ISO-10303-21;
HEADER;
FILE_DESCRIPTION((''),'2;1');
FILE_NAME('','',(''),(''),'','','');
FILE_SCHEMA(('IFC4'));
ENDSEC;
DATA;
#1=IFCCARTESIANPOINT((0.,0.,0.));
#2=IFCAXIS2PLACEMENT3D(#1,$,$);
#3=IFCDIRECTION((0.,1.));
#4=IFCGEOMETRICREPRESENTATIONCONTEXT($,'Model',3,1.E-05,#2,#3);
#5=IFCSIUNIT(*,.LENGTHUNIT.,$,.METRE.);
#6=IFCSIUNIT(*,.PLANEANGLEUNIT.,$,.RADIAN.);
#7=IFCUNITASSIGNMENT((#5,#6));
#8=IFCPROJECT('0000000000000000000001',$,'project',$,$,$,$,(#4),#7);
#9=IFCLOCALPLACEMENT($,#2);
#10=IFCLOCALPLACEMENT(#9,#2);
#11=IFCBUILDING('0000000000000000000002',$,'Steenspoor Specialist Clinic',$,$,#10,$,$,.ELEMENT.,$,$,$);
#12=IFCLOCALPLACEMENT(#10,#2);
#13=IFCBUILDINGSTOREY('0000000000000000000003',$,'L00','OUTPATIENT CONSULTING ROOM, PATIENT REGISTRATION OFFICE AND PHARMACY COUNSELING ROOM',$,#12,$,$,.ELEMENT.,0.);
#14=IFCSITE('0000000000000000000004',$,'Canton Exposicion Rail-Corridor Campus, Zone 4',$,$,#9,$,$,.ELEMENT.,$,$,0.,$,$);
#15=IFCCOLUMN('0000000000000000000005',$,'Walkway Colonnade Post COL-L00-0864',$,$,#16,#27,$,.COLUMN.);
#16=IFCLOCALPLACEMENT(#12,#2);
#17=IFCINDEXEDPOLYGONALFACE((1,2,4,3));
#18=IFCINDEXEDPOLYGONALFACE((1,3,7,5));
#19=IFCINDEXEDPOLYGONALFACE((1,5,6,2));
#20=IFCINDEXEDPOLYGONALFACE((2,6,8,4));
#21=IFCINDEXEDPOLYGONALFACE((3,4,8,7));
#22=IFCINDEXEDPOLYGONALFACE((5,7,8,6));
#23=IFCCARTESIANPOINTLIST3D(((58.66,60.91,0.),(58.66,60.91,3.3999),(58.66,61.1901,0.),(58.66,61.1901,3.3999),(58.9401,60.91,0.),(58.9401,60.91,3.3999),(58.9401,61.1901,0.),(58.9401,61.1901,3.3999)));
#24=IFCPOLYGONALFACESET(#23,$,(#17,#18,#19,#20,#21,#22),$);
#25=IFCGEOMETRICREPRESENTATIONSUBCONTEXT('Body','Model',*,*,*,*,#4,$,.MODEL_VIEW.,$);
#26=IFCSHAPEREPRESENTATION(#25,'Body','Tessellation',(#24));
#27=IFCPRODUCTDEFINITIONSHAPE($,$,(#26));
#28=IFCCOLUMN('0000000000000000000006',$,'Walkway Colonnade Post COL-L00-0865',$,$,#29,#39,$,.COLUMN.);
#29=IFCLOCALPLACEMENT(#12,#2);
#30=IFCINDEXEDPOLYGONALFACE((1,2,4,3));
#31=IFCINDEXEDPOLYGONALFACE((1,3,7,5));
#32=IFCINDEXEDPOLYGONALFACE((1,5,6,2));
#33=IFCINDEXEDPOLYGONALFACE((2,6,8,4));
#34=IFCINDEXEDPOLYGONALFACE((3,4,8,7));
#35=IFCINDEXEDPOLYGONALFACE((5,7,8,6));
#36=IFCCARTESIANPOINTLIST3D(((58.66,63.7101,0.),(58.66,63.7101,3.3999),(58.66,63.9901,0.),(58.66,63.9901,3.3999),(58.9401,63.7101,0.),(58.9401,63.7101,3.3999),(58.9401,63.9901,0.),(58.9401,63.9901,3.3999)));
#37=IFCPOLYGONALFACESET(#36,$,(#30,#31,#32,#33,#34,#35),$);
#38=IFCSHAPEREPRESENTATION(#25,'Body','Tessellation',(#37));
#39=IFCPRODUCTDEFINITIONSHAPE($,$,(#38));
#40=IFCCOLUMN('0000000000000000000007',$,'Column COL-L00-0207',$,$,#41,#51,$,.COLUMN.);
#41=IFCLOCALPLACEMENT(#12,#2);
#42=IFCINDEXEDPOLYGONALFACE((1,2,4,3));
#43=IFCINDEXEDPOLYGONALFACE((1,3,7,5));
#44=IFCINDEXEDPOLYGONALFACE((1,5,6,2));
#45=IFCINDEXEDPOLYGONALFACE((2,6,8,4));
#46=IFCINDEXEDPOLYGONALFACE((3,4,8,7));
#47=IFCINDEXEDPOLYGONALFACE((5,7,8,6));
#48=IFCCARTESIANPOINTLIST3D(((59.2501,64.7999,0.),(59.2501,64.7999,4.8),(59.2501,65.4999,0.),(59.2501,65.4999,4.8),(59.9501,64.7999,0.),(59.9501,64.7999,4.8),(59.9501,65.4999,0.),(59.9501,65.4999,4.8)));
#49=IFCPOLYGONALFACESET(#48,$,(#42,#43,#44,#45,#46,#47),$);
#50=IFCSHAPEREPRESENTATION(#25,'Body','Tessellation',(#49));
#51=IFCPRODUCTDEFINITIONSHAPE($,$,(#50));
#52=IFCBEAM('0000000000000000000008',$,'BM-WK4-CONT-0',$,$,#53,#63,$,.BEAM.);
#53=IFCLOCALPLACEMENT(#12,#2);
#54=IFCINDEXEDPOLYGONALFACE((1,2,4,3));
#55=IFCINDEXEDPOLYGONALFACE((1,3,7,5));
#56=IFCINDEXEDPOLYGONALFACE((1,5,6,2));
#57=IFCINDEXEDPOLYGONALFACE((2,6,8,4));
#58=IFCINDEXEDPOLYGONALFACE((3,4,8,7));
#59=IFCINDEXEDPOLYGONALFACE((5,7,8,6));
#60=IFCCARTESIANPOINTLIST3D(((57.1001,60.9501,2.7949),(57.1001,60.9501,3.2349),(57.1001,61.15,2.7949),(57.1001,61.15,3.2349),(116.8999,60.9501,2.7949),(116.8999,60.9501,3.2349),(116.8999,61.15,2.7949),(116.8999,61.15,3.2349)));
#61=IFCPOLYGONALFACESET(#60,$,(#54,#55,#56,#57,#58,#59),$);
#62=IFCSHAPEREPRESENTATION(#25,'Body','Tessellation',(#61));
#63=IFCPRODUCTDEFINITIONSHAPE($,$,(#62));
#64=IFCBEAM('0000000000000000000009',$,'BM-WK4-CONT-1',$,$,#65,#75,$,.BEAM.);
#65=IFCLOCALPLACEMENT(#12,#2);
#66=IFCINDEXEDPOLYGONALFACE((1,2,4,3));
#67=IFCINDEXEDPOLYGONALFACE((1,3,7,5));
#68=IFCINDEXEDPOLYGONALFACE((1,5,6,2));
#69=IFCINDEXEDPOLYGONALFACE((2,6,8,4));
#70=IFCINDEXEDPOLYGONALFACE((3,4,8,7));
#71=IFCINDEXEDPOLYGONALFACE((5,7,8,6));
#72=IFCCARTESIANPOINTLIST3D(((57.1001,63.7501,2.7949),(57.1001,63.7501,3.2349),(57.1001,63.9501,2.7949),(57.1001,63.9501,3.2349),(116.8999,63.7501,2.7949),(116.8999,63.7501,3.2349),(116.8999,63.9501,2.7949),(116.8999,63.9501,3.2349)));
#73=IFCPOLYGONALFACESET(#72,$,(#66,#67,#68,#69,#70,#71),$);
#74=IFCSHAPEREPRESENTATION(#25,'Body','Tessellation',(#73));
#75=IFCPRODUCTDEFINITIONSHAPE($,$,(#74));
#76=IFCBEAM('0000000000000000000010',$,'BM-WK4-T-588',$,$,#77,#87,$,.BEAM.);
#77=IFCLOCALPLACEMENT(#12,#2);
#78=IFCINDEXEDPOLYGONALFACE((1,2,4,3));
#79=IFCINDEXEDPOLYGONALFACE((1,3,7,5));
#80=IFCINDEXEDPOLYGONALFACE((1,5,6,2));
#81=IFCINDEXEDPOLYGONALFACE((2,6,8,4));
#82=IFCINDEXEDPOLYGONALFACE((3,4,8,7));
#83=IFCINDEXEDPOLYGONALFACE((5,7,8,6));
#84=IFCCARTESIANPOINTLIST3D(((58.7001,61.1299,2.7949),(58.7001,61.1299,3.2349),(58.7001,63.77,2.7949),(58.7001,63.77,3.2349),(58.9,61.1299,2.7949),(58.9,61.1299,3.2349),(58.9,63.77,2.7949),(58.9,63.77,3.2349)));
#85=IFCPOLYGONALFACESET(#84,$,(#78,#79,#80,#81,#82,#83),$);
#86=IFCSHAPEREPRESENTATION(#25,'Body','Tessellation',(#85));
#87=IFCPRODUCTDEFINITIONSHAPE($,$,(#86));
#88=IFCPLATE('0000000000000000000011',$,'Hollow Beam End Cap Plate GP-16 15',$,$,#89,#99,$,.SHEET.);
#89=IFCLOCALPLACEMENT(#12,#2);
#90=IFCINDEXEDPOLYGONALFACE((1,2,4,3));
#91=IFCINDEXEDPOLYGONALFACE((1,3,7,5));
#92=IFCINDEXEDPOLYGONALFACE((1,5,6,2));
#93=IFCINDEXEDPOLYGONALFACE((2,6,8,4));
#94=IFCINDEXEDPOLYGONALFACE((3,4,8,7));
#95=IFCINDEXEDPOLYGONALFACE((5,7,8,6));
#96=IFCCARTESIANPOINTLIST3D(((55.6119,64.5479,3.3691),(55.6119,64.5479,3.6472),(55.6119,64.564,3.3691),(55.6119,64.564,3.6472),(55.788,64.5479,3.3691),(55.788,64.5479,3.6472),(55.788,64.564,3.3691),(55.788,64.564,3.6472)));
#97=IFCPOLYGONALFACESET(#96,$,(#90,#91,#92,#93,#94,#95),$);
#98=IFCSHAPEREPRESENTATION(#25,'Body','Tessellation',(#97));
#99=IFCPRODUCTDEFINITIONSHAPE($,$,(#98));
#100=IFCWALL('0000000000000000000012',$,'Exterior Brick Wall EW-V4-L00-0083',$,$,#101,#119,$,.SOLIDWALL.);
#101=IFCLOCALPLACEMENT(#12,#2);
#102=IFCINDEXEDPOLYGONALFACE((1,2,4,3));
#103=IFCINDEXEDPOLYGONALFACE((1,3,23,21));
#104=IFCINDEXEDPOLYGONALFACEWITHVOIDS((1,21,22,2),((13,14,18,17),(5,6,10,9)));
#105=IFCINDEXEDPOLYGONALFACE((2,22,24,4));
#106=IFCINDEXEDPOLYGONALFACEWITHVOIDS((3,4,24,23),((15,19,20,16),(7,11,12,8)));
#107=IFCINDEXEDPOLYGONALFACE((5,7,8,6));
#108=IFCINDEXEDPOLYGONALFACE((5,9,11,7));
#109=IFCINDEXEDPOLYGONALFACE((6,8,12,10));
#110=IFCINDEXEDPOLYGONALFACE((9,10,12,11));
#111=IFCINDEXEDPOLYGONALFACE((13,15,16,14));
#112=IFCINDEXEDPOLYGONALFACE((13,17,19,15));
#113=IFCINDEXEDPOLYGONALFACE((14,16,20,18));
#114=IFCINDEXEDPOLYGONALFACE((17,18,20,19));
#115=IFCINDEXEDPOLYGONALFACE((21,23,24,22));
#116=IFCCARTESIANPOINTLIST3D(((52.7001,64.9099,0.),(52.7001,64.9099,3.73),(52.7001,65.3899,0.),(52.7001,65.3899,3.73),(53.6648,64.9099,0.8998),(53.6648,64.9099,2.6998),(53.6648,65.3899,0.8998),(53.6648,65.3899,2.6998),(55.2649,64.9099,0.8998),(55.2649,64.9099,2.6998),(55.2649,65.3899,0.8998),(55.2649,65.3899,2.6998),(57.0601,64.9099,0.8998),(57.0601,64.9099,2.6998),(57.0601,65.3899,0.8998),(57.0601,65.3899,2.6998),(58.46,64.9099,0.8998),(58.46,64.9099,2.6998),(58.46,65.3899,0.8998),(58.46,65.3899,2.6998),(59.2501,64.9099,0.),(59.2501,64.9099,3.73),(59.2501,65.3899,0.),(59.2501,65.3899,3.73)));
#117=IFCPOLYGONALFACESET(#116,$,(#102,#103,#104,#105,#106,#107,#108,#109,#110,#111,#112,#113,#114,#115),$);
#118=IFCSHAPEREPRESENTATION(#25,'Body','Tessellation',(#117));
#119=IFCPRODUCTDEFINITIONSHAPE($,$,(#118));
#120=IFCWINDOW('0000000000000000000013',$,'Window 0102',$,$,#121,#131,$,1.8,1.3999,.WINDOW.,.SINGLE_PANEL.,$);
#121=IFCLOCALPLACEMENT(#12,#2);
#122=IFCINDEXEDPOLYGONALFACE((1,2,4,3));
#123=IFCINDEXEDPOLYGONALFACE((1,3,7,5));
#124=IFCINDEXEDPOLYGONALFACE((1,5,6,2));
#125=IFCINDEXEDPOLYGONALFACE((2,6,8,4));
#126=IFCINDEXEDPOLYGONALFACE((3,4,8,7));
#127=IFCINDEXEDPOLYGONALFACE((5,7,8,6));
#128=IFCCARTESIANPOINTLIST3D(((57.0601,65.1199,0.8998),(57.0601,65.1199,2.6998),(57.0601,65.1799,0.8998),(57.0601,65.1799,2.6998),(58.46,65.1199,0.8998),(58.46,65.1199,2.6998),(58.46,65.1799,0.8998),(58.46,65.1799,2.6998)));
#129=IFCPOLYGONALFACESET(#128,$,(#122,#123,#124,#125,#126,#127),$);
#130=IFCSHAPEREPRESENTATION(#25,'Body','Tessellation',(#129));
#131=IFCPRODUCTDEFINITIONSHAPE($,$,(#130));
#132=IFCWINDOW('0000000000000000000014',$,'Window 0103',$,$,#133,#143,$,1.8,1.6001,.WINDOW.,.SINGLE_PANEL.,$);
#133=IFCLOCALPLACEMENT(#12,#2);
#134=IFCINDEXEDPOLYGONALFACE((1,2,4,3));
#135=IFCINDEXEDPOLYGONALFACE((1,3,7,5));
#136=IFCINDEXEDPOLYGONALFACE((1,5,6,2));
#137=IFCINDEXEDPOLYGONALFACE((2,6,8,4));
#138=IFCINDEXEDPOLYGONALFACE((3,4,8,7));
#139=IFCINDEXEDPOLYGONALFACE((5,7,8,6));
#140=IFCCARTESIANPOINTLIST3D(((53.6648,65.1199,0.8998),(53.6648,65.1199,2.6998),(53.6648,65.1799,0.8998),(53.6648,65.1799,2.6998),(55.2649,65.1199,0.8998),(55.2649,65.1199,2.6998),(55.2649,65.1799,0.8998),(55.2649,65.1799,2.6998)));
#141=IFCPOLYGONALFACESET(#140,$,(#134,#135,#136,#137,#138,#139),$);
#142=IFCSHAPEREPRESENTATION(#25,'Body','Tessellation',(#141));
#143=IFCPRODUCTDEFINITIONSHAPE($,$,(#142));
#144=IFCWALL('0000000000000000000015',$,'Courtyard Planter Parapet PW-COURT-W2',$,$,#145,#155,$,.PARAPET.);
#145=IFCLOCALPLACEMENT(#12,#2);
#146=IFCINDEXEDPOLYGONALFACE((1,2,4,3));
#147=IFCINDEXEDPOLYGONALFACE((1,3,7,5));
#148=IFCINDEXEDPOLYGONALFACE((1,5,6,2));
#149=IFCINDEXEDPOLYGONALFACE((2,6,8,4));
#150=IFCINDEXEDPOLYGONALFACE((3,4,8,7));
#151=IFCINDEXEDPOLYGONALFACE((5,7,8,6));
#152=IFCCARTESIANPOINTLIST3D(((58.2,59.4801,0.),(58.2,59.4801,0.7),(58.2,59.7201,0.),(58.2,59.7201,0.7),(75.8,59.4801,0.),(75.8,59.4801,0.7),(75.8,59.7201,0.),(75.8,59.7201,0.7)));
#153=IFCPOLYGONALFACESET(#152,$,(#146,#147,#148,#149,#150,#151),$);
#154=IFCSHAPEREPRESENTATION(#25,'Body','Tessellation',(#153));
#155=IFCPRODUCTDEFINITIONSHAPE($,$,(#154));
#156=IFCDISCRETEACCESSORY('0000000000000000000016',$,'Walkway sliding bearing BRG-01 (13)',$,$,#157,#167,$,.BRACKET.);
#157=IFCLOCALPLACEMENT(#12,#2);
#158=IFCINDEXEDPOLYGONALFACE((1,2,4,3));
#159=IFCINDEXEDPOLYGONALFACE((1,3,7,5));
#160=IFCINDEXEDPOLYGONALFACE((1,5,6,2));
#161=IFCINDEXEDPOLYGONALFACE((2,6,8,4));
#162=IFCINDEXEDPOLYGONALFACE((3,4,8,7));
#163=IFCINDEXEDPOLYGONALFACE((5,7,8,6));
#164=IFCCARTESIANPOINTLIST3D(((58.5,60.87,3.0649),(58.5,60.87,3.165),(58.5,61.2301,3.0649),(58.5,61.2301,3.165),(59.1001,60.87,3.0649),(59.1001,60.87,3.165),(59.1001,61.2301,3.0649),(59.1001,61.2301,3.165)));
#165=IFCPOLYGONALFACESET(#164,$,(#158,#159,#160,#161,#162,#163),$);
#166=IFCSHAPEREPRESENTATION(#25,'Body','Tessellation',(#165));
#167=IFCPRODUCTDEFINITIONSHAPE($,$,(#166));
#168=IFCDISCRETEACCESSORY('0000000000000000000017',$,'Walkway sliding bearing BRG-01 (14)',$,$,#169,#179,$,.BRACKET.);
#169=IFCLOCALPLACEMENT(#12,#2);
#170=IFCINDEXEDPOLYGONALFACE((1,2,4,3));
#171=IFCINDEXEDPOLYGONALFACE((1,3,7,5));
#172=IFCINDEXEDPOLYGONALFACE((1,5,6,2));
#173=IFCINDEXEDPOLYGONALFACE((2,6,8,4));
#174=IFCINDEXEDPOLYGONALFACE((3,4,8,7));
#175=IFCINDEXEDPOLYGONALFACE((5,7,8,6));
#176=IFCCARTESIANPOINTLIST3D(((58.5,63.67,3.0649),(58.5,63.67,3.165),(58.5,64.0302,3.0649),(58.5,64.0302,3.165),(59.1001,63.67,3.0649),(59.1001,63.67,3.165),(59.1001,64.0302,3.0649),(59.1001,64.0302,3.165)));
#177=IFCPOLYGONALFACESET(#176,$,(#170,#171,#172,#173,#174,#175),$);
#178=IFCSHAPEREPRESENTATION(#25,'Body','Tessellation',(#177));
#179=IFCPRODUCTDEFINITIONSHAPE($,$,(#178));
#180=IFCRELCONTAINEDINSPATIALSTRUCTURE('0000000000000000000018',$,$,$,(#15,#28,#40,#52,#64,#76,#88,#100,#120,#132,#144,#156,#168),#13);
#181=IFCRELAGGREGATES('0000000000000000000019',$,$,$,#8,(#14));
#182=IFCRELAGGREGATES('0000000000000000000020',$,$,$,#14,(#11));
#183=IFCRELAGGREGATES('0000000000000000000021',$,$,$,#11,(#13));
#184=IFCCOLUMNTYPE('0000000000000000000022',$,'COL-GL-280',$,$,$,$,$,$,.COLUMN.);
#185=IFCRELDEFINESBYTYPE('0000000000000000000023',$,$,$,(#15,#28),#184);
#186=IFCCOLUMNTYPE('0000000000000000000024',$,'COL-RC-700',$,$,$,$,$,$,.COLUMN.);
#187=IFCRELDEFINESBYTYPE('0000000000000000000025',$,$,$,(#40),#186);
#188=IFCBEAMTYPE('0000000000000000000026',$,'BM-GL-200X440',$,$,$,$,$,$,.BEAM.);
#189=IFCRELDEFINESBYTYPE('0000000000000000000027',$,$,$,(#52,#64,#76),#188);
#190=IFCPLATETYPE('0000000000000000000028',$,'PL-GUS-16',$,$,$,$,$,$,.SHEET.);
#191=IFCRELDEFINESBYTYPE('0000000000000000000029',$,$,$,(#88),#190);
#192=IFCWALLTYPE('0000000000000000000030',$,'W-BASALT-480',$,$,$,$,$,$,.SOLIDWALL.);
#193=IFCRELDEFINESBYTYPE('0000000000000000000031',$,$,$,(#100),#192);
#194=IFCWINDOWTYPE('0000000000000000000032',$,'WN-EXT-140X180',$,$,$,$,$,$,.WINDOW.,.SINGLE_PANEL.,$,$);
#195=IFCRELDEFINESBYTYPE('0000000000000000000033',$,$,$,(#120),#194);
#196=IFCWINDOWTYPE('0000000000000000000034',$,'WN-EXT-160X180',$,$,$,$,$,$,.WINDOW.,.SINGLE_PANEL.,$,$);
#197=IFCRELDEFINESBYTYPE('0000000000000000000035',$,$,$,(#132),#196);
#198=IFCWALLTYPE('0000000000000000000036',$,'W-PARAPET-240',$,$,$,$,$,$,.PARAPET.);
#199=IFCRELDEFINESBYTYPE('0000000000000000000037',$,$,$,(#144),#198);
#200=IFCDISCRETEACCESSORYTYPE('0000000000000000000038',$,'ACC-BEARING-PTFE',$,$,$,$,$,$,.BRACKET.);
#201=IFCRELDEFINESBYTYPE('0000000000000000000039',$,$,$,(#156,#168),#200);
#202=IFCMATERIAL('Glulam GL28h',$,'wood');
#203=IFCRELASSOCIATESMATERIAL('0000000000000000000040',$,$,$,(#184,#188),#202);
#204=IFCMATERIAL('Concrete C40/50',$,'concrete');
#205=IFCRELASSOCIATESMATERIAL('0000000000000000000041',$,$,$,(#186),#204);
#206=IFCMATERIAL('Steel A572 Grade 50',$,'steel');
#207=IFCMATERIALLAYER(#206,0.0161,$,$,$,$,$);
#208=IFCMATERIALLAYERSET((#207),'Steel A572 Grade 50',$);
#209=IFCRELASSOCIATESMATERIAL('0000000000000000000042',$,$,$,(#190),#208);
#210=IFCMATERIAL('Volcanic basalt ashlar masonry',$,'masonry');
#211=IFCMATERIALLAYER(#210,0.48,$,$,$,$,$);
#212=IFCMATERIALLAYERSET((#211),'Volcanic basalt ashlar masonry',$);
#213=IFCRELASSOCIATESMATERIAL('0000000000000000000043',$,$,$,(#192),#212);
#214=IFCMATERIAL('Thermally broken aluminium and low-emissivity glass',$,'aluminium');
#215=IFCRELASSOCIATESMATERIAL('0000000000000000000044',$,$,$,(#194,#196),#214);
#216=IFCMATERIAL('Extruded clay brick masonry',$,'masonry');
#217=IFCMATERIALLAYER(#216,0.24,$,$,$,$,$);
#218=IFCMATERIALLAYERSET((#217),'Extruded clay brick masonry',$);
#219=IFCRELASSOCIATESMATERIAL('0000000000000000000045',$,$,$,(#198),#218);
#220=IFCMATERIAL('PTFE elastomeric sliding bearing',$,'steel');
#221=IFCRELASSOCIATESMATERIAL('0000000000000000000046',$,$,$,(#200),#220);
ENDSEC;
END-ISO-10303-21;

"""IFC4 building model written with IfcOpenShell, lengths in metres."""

from ifc_helpers import new_model, si_unit, direction, frame, frame_2d, origin, origin_2d, place, context, subcontext, project, spatial, rectangle, extrude, material, layer, layer_set, material_profile, profile_set, type_object, element, fill, save


model = new_model("IFC4")

# Units and contexts
model_context = context("Model", 3, precision=1e-05, world=origin(), true_north=direction((0.0, 1.0)))
body_context = subcontext(model_context, "Body", "Model", "MODEL_VIEW")
ifc_project = project(units=[si_unit("LENGTHUNIT", "METRE"), si_unit("PLANEANGLEUNIT", "RADIAN")], contexts=[model_context])

# Site, building, storey
site_placement = place(None, origin())
site = spatial("IfcSite", under=ifc_project, at=site_placement, Name="Canton Exposicion Rail-Corridor Campus, Zone 4", CompositionType="ELEMENT", RefElevation=0.0)
building_placement = place(site_placement, origin())
building = spatial("IfcBuilding", under=site, at=building_placement, Name="Steenspoor Specialist Clinic", CompositionType="ELEMENT")
storey_placement = place(building_placement, origin())
storey = spatial("IfcBuildingStorey", under=building, at=storey_placement, Name="L00", Description="OUTPATIENT CONSULTING ROOM, PATIENT REGISTRATION OFFICE AND PHARMACY COUNSELING ROOM", CompositionType="ELEMENT", Elevation=0.0)

# Columns
ifc_material_1 = material(Name="Glulam GL28h", Category="wood")
ifc_material_profile_1 = material_profile(ifc_material_1, rectangle(XDim=0.28, YDim=0.28, at=origin_2d()), Name="GL28H-280X280")
ifc_profile_set_1 = profile_set([ifc_material_profile_1], Name="Glulam GL28h")
column_type_1 = type_object("IfcColumnType", Name="COL-GL-280", PredefinedType="COLUMN", material=ifc_profile_set_1)
for number, where, z_axis, x_axis, name in (
    (1, (58.8, 61.05, 0.0), (0.0, 0.0, 1.0), (1.0, 0.0, 0.0), "Walkway Colonnade Post COL-L00-0864"),
    (2, (58.8, 63.8501, 0.0), (0.0, 0.0, 1.0), (1.0, 0.0, 0.0), "Walkway Colonnade Post COL-L00-0865"),
):
    element("IfcColumn", number, at=place(storey_placement, frame(where, z_axis=z_axis, x_axis=x_axis)), inside=storey, type_object=column_type_1, Name=name, PredefinedType="COLUMN", context=body_context, shape_type="SweptSolid", body=[
        extrude(rectangle(XDim=0.28, YDim=0.28, at=origin_2d()), origin(), (0.0, 0.0, 1.0), 3.3999),
    ])
ifc_material_2 = material(Name="Concrete C40/50", Category="concrete")
ifc_material_profile_2 = material_profile(ifc_material_2, rectangle(XDim=0.7, YDim=0.7, at=origin_2d()), Name="RC-COL-700X700")
ifc_profile_set_2 = profile_set([ifc_material_profile_2], Name="Concrete C40/50")
column_type_2 = type_object("IfcColumnType", Name="COL-RC-700", PredefinedType="COLUMN", material=ifc_profile_set_2)
column_1_placement = place(storey_placement, frame((59.6001, 65.1499, 0.0), z_axis=(0.0, 0.0, 1.0), x_axis=(1.0, 0.0, 0.0)))
element("IfcColumn", 3, at=column_1_placement, inside=storey, type_object=column_type_2, Name="Column COL-L00-0207", PredefinedType="COLUMN", context=body_context, shape_type="SweptSolid", body=[
    extrude(rectangle(XDim=0.7, YDim=0.7, at=origin_2d()), origin(), (0.0, 0.0, 1.0), 4.8),
])

# Beams
ifc_material_profile_3 = material_profile(ifc_material_1, rectangle(XDim=0.2, YDim=0.4399, at=origin_2d()), Name="GL28H-200X440")
ifc_profile_set_3 = profile_set([ifc_material_profile_3], Name="Glulam GL28h")
beam_type = type_object("IfcBeamType", Name="BM-GL-200X440", PredefinedType="BEAM", material=ifc_profile_set_3)
for number, where, z_axis, x_axis, name in (
    (4, (57.1001, 61.05, 3.0149), (1.0, 0.0, 0.0), (0.0, 1.0, 0.0), "BM-WK4-CONT-0"),
    (5, (57.1001, 63.8501, 3.0149), (1.0, 0.0, 0.0), (0.0, 1.0, 0.0), "BM-WK4-CONT-1"),
):
    element("IfcBeam", number, at=place(storey_placement, frame(where, z_axis=z_axis, x_axis=x_axis)), inside=storey, type_object=beam_type, Name=name, PredefinedType="BEAM", context=body_context, shape_type="SweptSolid", body=[
        extrude(rectangle(XDim=0.2, YDim=0.4399, at=origin_2d()), origin(), (0.0, 0.0, 1.0), 59.7998),
    ])
beam_placement = place(storey_placement, frame((58.8, 61.1299, 3.0149), z_axis=(0.0, 1.0, 0.0), x_axis=(-1.0, 0.0, 0.0)))
element("IfcBeam", 6, at=beam_placement, inside=storey, type_object=beam_type, Name="BM-WK4-T-588", PredefinedType="BEAM", context=body_context, shape_type="SweptSolid", body=[
    extrude(rectangle(XDim=0.2, YDim=0.4399, at=origin_2d()), origin(), (0.0, 0.0, 1.0), 2.6401),
])

# Plate
ifc_material_3 = material(Name="Steel A572 Grade 50", Category="steel")
ifc_layer_1 = layer(ifc_material_3, 0.0161)
ifc_layer_set_1 = layer_set([ifc_layer_1], Name="Steel A572 Grade 50")
plate_type = type_object("IfcPlateType", Name="PL-GUS-16", PredefinedType="SHEET", material=ifc_layer_set_1)
plate_placement = place(storey_placement, frame((55.7, 64.5559, 3.3691), z_axis=(0.0, 0.0, 1.0), x_axis=(1.0, 0.0, 0.0)))
element("IfcPlate", 7, at=plate_placement, inside=storey, type_object=plate_type, Name="Hollow Beam End Cap Plate GP-16 15", PredefinedType="SHEET", context=body_context, shape_type="SweptSolid", body=[
    extrude(rectangle(XDim=0.176, YDim=0.0161, at=origin_2d()), origin(), (0.0, 0.0, 1.0), 0.2781),
])

# Wall, openings, windows
ifc_material_4 = material(Name="Volcanic basalt ashlar masonry", Category="masonry")
ifc_layer_2 = layer(ifc_material_4, 0.48)
ifc_layer_set_2 = layer_set([ifc_layer_2], Name="Volcanic basalt ashlar masonry")
wall_type_1 = type_object("IfcWallType", Name="W-BASALT-480", PredefinedType="SOLIDWALL", material=ifc_layer_set_2)
wall_1_placement = place(storey_placement, frame((59.25, 65.1499, 0.0), z_axis=(0.0, 0.0, 1.0), x_axis=(-1.0, 0.0, 0.0)))
wall_1 = element("IfcWall", 8, at=wall_1_placement, inside=storey, type_object=wall_type_1, Name="Exterior Brick Wall EW-V4-L00-0083", PredefinedType="SOLIDWALL", context=body_context, shape_type="SweptSolid", body=[
    extrude(rectangle(XDim=6.55, YDim=0.48, at=frame_2d((3.2749, 0.0))), origin(), (0.0, 0.0, 1.0), 3.73),
])
opening_1_placement = place(wall_1_placement, frame((0.79, 0.0, 0.8999)))
opening_1 = element("IfcOpeningElement", 9, at=opening_1_placement, cuts=wall_1, PredefinedType="OPENING", context=body_context, shape_type="SweptSolid", body=[
    extrude(rectangle(XDim=1.3999, YDim=1.8, at=frame_2d((0.7, 0.8999))), frame((0.0, 0.25, 0.0), z_axis=(0.0, -1.0, 0.0), x_axis=(1.0, 0.0, 0.0)), (0.0, 0.0, 1.0), 0.5),
])
opening_2_placement = place(wall_1_placement, frame((3.9851, 0.0, 0.8999)))
opening_2 = element("IfcOpeningElement", 10, at=opening_2_placement, cuts=wall_1, PredefinedType="OPENING", context=body_context, shape_type="SweptSolid", body=[
    extrude(rectangle(XDim=1.6001, YDim=1.8, at=frame_2d((0.8, 0.8999))), frame((0.0, 0.25, 0.0), z_axis=(0.0, -1.0, 0.0), x_axis=(1.0, 0.0, 0.0)), (0.0, 0.0, 1.0), 0.5),
])
ifc_material_5 = material(Name="Thermally broken aluminium and low-emissivity glass", Category="aluminium")
window_type_1 = type_object("IfcWindowType", Name="WN-EXT-140X180", PartitioningType="SINGLE_PANEL", PredefinedType="WINDOW", material=ifc_material_5)
window_1_placement = place(opening_1_placement, origin())
window_1 = element("IfcWindow", 11, at=window_1_placement, inside=storey, type_object=window_type_1, Name="Window 0102", OverallHeight=1.8, OverallWidth=1.3999, PartitioningType="SINGLE_PANEL", PredefinedType="WINDOW", context=body_context, shape_type="SweptSolid", body=[
    extrude(rectangle(XDim=1.3999, YDim=1.8, at=frame_2d((0.7, 0.8999))), frame((0.0, 0.03, 0.0), z_axis=(0.0, -1.0, 0.0), x_axis=(1.0, 0.0, 0.0)), (0.0, 0.0, 1.0), 0.0601),
])
fill(opening_1, window_1)
window_type_2 = type_object("IfcWindowType", Name="WN-EXT-160X180", PartitioningType="SINGLE_PANEL", PredefinedType="WINDOW", material=ifc_material_5)
window_2_placement = place(opening_2_placement, origin())
window_2 = element("IfcWindow", 12, at=window_2_placement, inside=storey, type_object=window_type_2, Name="Window 0103", OverallHeight=1.8, OverallWidth=1.6001, PartitioningType="SINGLE_PANEL", PredefinedType="WINDOW", context=body_context, shape_type="SweptSolid", body=[
    extrude(rectangle(XDim=1.6001, YDim=1.8, at=frame_2d((0.8, 0.8999))), frame((0.0, 0.03, 0.0), z_axis=(0.0, -1.0, 0.0), x_axis=(1.0, 0.0, 0.0)), (0.0, 0.0, 1.0), 0.0601),
])
fill(opening_2, window_2)

# Wall
ifc_material_6 = material(Name="Extruded clay brick masonry", Category="masonry")
ifc_layer_3 = layer(ifc_material_6, 0.24)
ifc_layer_set_3 = layer_set([ifc_layer_3], Name="Extruded clay brick masonry")
wall_type_2 = type_object("IfcWallType", Name="W-PARAPET-240", PredefinedType="PARAPET", material=ifc_layer_set_3)
wall_2_placement = place(storey_placement, frame((58.2, 59.6001, 0.0), z_axis=(0.0, 0.0, 1.0), x_axis=(1.0, 0.0, 0.0)))
element("IfcWall", 13, at=wall_2_placement, inside=storey, type_object=wall_type_2, Name="Courtyard Planter Parapet PW-COURT-W2", PredefinedType="PARAPET", context=body_context, shape_type="SweptSolid", body=[
    extrude(rectangle(XDim=17.6001, YDim=0.24, at=frame_2d((8.8, 0.0))), origin(), (0.0, 0.0, 1.0), 0.7),
])

# Discrete accessories
ifc_material_7 = material(Name="PTFE elastomeric sliding bearing", Category="steel")
discrete_accessory_type = type_object("IfcDiscreteAccessoryType", Name="ACC-BEARING-PTFE", PredefinedType="BRACKET", material=ifc_material_7)
for number, where, z_axis, x_axis, name in (
    (14, (58.8, 61.05, 3.0649), (0.0, 0.0, 1.0), (1.0, 0.0, 0.0), "Walkway sliding bearing BRG-01 (13)"),
    (15, (58.8, 63.8501, 3.0649), (0.0, 0.0, 1.0), (1.0, 0.0, 0.0), "Walkway sliding bearing BRG-01 (14)"),
):
    element("IfcDiscreteAccessory", number, at=place(storey_placement, frame(where, z_axis=z_axis, x_axis=x_axis)), inside=storey, type_object=discrete_accessory_type, Name=name, PredefinedType="BRACKET", context=body_context, shape_type="SweptSolid", body=[
        extrude(rectangle(XDim=0.6001, YDim=0.3601, at=origin_2d()), origin(), (0.0, 0.0, 1.0), 0.1001),
    ])

save(model, "model.ifc")
